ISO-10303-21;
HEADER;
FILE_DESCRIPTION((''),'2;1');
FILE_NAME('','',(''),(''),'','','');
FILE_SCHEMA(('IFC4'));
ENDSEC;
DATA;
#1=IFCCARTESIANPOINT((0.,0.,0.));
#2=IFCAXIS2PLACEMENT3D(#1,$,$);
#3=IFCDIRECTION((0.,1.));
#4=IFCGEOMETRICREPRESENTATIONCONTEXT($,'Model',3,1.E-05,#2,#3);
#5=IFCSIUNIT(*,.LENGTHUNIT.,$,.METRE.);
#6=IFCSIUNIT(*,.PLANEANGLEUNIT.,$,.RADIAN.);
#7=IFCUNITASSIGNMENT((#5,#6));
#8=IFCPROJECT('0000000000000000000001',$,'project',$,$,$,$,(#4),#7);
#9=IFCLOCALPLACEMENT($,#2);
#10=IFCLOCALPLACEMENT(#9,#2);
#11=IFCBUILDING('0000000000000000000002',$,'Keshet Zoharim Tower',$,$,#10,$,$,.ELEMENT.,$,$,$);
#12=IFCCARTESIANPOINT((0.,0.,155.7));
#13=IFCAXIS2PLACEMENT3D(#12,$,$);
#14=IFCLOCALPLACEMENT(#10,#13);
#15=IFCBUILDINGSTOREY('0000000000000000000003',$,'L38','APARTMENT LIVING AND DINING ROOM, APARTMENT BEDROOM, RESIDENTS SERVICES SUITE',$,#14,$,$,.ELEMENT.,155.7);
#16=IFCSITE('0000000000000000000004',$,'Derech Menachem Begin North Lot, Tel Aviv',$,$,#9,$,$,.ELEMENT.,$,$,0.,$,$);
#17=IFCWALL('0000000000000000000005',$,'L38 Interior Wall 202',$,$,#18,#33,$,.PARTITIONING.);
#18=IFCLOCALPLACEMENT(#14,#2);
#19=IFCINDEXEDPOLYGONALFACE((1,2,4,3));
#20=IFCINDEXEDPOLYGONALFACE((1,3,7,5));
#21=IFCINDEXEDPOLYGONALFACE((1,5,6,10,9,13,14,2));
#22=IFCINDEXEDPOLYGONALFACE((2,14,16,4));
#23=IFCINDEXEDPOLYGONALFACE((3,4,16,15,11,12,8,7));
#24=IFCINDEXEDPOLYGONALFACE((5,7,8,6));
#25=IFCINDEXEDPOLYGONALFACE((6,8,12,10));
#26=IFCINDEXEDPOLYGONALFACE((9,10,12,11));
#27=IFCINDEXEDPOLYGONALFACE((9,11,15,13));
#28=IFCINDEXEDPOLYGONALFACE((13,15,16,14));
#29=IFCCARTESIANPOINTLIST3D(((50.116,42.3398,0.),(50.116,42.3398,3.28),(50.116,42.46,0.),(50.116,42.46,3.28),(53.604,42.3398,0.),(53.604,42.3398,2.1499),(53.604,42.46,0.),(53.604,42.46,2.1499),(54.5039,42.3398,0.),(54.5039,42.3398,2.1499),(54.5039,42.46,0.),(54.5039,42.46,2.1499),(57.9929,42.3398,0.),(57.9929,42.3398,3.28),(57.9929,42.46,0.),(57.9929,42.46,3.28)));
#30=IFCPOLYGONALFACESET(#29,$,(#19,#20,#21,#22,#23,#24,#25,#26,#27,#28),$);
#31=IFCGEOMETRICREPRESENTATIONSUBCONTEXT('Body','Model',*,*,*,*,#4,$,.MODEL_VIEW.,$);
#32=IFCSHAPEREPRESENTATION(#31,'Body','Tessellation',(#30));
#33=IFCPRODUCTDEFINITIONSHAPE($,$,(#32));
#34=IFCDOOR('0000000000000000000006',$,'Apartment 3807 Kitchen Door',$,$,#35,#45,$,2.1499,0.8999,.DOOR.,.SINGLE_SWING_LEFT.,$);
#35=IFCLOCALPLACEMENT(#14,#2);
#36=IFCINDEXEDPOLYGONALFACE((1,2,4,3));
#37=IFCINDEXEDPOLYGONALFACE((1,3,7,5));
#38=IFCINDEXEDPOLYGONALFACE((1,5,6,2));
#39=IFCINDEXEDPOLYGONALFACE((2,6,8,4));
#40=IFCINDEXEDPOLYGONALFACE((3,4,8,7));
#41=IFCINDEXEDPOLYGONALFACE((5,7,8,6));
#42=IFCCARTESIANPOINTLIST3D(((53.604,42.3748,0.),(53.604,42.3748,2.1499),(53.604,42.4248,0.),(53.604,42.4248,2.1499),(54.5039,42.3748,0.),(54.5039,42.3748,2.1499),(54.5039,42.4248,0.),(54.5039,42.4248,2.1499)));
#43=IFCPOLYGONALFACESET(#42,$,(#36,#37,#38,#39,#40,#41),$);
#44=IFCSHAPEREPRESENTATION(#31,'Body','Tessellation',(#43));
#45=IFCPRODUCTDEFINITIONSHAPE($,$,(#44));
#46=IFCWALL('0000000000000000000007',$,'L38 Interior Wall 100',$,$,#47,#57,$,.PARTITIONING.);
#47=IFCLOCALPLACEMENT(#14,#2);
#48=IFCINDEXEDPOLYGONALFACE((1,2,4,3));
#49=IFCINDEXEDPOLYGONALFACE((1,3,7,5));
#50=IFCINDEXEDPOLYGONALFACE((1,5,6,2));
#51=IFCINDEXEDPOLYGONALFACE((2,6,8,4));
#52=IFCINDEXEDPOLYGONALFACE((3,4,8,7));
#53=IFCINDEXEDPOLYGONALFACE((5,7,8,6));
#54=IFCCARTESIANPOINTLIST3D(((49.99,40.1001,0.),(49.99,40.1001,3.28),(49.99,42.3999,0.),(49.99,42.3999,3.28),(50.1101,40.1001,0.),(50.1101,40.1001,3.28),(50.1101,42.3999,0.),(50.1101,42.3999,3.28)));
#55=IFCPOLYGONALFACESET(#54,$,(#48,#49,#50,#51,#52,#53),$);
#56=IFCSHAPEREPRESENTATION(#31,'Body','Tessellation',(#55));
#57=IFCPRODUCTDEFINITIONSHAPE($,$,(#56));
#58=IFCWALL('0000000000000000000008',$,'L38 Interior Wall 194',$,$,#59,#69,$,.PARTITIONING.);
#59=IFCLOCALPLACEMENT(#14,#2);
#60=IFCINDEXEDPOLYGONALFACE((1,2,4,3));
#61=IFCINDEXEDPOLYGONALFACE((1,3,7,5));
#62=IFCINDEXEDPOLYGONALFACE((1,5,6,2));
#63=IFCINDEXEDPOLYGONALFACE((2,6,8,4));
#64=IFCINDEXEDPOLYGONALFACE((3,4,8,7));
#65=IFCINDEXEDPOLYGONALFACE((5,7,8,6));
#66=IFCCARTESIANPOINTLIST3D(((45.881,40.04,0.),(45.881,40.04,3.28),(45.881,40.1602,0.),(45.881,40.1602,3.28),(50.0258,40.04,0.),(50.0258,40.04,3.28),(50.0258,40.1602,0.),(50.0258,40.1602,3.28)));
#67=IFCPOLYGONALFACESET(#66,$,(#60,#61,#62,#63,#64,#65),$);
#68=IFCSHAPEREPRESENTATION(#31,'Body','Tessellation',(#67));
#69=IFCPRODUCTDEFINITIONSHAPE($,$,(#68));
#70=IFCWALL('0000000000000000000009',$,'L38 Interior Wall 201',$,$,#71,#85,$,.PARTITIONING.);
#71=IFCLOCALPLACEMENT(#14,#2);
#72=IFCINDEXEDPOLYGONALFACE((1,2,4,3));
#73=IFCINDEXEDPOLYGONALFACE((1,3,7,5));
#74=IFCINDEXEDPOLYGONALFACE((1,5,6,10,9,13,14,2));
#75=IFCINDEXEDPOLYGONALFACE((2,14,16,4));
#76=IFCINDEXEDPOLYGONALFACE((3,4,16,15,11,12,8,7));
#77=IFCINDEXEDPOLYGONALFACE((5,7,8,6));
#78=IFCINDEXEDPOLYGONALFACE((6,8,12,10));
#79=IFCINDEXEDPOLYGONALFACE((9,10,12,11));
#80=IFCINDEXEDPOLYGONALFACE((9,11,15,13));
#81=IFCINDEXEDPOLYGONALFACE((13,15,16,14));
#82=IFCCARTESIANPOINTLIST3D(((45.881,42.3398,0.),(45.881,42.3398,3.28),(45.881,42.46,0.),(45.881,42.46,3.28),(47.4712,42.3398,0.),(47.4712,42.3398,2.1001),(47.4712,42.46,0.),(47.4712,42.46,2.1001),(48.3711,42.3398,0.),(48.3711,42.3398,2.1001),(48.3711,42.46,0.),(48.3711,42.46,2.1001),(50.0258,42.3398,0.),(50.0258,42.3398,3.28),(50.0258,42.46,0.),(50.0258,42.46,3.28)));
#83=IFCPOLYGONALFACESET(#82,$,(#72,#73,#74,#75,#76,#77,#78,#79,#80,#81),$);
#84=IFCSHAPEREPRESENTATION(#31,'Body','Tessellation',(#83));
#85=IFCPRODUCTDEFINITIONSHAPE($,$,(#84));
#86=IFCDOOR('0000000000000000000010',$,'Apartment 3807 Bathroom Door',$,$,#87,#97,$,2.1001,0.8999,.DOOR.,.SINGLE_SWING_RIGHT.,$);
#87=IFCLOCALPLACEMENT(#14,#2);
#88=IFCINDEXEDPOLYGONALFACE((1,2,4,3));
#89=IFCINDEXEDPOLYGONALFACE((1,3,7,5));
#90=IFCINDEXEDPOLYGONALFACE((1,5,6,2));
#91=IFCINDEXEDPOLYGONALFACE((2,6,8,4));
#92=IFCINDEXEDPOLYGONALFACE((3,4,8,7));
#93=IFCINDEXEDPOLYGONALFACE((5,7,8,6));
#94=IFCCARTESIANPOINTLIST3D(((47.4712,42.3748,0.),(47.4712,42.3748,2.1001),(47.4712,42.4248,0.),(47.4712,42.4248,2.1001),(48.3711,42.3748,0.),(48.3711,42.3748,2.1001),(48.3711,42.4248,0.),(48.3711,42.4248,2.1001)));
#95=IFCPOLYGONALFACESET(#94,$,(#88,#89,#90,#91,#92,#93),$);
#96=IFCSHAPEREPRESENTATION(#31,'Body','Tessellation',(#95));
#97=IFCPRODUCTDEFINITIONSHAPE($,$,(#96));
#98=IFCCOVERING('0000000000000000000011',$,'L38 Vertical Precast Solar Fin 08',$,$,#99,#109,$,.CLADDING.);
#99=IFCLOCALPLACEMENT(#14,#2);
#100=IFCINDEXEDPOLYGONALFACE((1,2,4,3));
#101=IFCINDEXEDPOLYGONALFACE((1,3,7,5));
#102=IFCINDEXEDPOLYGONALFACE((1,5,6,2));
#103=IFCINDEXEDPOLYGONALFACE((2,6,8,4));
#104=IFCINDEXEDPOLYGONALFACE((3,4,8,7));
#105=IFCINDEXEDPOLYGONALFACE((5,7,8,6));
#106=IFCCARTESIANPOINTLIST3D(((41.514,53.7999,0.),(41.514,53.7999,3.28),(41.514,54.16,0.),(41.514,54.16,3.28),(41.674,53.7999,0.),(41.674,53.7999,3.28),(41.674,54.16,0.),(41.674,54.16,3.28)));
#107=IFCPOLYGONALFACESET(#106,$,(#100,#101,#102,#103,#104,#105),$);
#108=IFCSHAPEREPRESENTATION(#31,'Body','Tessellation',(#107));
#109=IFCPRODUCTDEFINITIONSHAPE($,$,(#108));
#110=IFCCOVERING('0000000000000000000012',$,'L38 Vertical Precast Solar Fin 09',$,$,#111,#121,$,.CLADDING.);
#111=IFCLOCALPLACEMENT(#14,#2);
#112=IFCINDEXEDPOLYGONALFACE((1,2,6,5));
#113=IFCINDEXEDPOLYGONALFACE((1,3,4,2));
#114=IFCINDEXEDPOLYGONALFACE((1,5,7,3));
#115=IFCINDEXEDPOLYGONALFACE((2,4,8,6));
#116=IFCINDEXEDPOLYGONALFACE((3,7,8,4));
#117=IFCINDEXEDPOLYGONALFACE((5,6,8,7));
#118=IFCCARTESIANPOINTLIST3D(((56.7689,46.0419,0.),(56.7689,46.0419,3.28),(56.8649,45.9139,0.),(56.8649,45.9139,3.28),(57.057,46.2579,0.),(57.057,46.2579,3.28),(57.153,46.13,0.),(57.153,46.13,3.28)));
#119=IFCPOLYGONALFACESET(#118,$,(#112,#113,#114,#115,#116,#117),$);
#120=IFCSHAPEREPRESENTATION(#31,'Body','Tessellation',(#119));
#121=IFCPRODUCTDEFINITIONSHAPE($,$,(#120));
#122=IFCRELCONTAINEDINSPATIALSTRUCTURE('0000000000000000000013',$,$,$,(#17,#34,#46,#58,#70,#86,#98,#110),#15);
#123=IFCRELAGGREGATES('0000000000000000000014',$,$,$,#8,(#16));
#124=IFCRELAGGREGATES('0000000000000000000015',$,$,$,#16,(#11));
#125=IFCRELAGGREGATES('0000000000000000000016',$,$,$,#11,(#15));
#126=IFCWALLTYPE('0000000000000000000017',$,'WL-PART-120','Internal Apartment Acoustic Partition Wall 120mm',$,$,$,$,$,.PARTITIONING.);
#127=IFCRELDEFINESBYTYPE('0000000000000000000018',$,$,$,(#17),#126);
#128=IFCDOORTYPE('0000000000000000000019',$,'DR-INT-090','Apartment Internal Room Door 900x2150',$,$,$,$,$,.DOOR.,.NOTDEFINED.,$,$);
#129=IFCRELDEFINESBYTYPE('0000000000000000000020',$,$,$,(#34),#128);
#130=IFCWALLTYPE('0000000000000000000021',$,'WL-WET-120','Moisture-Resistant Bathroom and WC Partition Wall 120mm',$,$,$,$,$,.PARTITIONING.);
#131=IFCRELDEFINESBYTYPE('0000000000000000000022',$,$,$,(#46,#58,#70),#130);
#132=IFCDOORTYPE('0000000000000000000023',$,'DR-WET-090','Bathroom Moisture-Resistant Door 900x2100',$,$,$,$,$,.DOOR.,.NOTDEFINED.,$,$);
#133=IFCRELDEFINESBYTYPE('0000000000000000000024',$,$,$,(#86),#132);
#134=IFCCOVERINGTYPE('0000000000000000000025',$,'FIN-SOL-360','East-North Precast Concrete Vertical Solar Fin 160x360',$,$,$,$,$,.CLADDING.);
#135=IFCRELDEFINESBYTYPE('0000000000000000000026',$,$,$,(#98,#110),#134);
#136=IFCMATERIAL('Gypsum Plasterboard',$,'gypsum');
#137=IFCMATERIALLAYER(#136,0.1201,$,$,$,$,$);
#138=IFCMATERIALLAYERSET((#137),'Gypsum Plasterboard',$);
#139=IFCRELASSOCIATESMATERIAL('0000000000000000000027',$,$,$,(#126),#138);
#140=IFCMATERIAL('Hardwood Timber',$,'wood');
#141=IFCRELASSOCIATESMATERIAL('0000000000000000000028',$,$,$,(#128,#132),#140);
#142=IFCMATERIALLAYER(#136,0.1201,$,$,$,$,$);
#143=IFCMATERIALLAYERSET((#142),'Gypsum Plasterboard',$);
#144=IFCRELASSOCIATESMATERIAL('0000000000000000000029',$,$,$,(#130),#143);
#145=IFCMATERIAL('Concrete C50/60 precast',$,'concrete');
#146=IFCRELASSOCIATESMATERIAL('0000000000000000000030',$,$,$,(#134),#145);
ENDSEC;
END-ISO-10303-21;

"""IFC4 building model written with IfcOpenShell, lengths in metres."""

from ifc_helpers import new_model, si_unit, direction, frame, frame_2d, origin, origin_2d, place, context, subcontext, project, spatial, rectangle, extrude, material, layer, layer_set, type_object, element, fill, save


model = new_model("IFC4")

# Units and contexts
model_context = context("Model", 3, precision=1e-05, world=origin(), true_north=direction((0.0, 1.0)))
body_context = subcontext(model_context, "Body", "Model", "MODEL_VIEW")
ifc_project = project(units=[si_unit("LENGTHUNIT", "METRE"), si_unit("PLANEANGLEUNIT", "RADIAN")], contexts=[model_context])

# Site, building, storey
site_placement = place(None, origin())
site = spatial("IfcSite", under=ifc_project, at=site_placement, Name="Derech Menachem Begin North Lot, Tel Aviv", CompositionType="ELEMENT", RefElevation=0.0)
building_placement = place(site_placement, origin())
building = spatial("IfcBuilding", under=site, at=building_placement, Name="Keshet Zoharim Tower", CompositionType="ELEMENT")
storey_placement = place(building_placement, frame((0.0, 0.0, 155.7)))
storey = spatial("IfcBuildingStorey", under=building, at=storey_placement, Name="L38", Description="APARTMENT LIVING AND DINING ROOM, APARTMENT BEDROOM, RESIDENTS SERVICES SUITE", CompositionType="ELEMENT", Elevation=155.7)

# Shared definitions
ifc_material_1 = material(Name="Hardwood Timber", Category="wood")

# Shared definitions
ifc_material_2 = material(Name="Gypsum Plasterboard", Category="gypsum")
ifc_layer_1 = layer(ifc_material_2, 0.1201)
ifc_layer_set_1 = layer_set([ifc_layer_1], Name="Gypsum Plasterboard")
wall_type_1 = type_object("IfcWallType", Name="WL-PART-120", Description="Internal Apartment Acoustic Partition Wall 120mm", PredefinedType="PARTITIONING", material=ifc_layer_set_1)

# Wall, opening, door
wall_1_placement = place(storey_placement, frame((50.116, 42.3999, 0.0), z_axis=(0.0, 0.0, 1.0), x_axis=(1.0, 0.0, 0.0)))
wall_1 = element("IfcWall", 1, at=wall_1_placement, inside=storey, type_object=wall_type_1, Name="L38 Interior Wall 202", PredefinedType="PARTITIONING", context=body_context, shape_type="SweptSolid", body=[
    extrude(rectangle(XDim=7.877, YDim=0.1201, at=frame_2d((3.9385, 0.0))), origin(), (0.0, 0.0, 1.0), 3.28),
])
opening_1_placement = place(wall_1_placement, frame((3.488, 0.0, 0.0)))
opening_1 = element("IfcOpeningElement", 2, at=opening_1_placement, cuts=wall_1, PredefinedType="OPENING", context=body_context, shape_type="SweptSolid", body=[
    extrude(rectangle(XDim=0.8999, YDim=2.1499, at=frame_2d((0.45, 1.075))), frame((0.0, 0.0701, 0.0), z_axis=(0.0, -1.0, 0.0), x_axis=(1.0, 0.0, 0.0)), (0.0, 0.0, 1.0), 0.1401),
])
door_type_1 = type_object("IfcDoorType", Name="DR-INT-090", Description="Apartment Internal Room Door 900x2150", OperationType="NOTDEFINED", PredefinedType="DOOR", material=ifc_material_1)
door_1_placement = place(opening_1_placement, origin())
door_1 = element("IfcDoor", 3, at=door_1_placement, inside=storey, type_object=door_type_1, Name="Apartment 3807 Kitchen Door", OperationType="SINGLE_SWING_LEFT", OverallHeight=2.1499, OverallWidth=0.8999, PredefinedType="DOOR", context=body_context, shape_type="SweptSolid", body=[
    extrude(rectangle(XDim=0.8999, YDim=2.1499, at=frame_2d((0.45, 1.075))), frame((0.0, 0.0249, 0.0), z_axis=(0.0, -1.0, 0.0), x_axis=(1.0, 0.0, 0.0)), (0.0, 0.0, 1.0), 0.05),
])
fill(opening_1, door_1)

# Walls
ifc_layer_2 = layer(ifc_material_2, 0.1201)
ifc_layer_set_2 = layer_set([ifc_layer_2], Name="Gypsum Plasterboard")
wall_type_2 = type_object("IfcWallType", Name="WL-WET-120", Description="Moisture-Resistant Bathroom and WC Partition Wall 120mm", PredefinedType="PARTITIONING", material=ifc_layer_set_2)
wall_2_placement = place(storey_placement, frame((50.05, 40.1001, 0.0), z_axis=(0.0, 0.0, 1.0), x_axis=(0.0, 1.0, 0.0)))
element("IfcWall", 4, at=wall_2_placement, inside=storey, type_object=wall_type_2, Name="L38 Interior Wall 100", PredefinedType="PARTITIONING", context=body_context, shape_type="SweptSolid", body=[
    extrude(rectangle(XDim=2.2998, YDim=0.1201, at=frame_2d((1.1499, 0.0))), origin(), (0.0, 0.0, 1.0), 3.28),
])
wall_3_placement = place(storey_placement, frame((45.8811, 40.1001, 0.0), z_axis=(0.0, 0.0, 1.0), x_axis=(1.0, 0.0, 0.0)))
element("IfcWall", 5, at=wall_3_placement, inside=storey, type_object=wall_type_2, Name="L38 Interior Wall 194", PredefinedType="PARTITIONING", context=body_context, shape_type="SweptSolid", body=[
    extrude(rectangle(XDim=4.1448, YDim=0.1201, at=frame_2d((2.0723, 0.0))), origin(), (0.0, 0.0, 1.0), 3.28),
])

# Wall, opening, door
wall_4_placement = place(storey_placement, frame((45.8811, 42.3999, 0.0), z_axis=(0.0, 0.0, 1.0), x_axis=(1.0, 0.0, 0.0)))
wall_4 = element("IfcWall", 6, at=wall_4_placement, inside=storey, type_object=wall_type_2, Name="L38 Interior Wall 201", PredefinedType="PARTITIONING", context=body_context, shape_type="SweptSolid", body=[
    extrude(rectangle(XDim=4.1448, YDim=0.1201, at=frame_2d((2.0723, 0.0))), origin(), (0.0, 0.0, 1.0), 3.28),
])
opening_2_placement = place(wall_4_placement, frame((1.5901, 0.0, 0.0)))
opening_2 = element("IfcOpeningElement", 7, at=opening_2_placement, cuts=wall_4, PredefinedType="OPENING", context=body_context, shape_type="SweptSolid", body=[
    extrude(rectangle(XDim=0.8999, YDim=2.1001, at=frame_2d((0.45, 1.05))), frame((0.0, 0.0701, 0.0), z_axis=(0.0, -1.0, 0.0), x_axis=(1.0, 0.0, 0.0)), (0.0, 0.0, 1.0), 0.1401),
])
door_type_2 = type_object("IfcDoorType", Name="DR-WET-090", Description="Bathroom Moisture-Resistant Door 900x2100", OperationType="NOTDEFINED", PredefinedType="DOOR", material=ifc_material_1)
door_2_placement = place(opening_2_placement, origin())
door_2 = element("IfcDoor", 8, at=door_2_placement, inside=storey, type_object=door_type_2, Name="Apartment 3807 Bathroom Door", OperationType="SINGLE_SWING_RIGHT", OverallHeight=2.1001, OverallWidth=0.8999, PredefinedType="DOOR", context=body_context, shape_type="SweptSolid", body=[
    extrude(rectangle(XDim=0.8999, YDim=2.1001, at=frame_2d((0.45, 1.05))), frame((0.0, 0.0249, 0.0), z_axis=(0.0, -1.0, 0.0), x_axis=(1.0, 0.0, 0.0)), (0.0, 0.0, 1.0), 0.05),
])
fill(opening_2, door_2)

# Coverings
ifc_material_3 = material(Name="Concrete C50/60 precast", Category="concrete")
covering_type = type_object("IfcCoveringType", Name="FIN-SOL-360", Description="East-North Precast Concrete Vertical Solar Fin 160x360", PredefinedType="CLADDING", material=ifc_material_3)
for number, where, z_axis, x_axis, name in (
    (9, (41.594, 53.98, 0.0), (0.0, 0.0, 1.0), (1.0, 0.0, 0.0), "L38 Vertical Precast Solar Fin 08"),
    (10, (56.9609, 46.0859, 0.0), (0.0, 0.0, 1.0), (0.6, -0.8, 0.0), "L38 Vertical Precast Solar Fin 09"),
):
    element("IfcCovering", number, at=place(storey_placement, frame(where, z_axis=z_axis, x_axis=x_axis)), inside=storey, type_object=covering_type, Name=name, PredefinedType="CLADDING", context=body_context, shape_type="SweptSolid", body=[
        extrude(rectangle(XDim=0.1599, YDim=0.3601, at=origin_2d()), origin(), (0.0, 0.0, 1.0), 3.28),
    ])

save(model, "model.ifc")
